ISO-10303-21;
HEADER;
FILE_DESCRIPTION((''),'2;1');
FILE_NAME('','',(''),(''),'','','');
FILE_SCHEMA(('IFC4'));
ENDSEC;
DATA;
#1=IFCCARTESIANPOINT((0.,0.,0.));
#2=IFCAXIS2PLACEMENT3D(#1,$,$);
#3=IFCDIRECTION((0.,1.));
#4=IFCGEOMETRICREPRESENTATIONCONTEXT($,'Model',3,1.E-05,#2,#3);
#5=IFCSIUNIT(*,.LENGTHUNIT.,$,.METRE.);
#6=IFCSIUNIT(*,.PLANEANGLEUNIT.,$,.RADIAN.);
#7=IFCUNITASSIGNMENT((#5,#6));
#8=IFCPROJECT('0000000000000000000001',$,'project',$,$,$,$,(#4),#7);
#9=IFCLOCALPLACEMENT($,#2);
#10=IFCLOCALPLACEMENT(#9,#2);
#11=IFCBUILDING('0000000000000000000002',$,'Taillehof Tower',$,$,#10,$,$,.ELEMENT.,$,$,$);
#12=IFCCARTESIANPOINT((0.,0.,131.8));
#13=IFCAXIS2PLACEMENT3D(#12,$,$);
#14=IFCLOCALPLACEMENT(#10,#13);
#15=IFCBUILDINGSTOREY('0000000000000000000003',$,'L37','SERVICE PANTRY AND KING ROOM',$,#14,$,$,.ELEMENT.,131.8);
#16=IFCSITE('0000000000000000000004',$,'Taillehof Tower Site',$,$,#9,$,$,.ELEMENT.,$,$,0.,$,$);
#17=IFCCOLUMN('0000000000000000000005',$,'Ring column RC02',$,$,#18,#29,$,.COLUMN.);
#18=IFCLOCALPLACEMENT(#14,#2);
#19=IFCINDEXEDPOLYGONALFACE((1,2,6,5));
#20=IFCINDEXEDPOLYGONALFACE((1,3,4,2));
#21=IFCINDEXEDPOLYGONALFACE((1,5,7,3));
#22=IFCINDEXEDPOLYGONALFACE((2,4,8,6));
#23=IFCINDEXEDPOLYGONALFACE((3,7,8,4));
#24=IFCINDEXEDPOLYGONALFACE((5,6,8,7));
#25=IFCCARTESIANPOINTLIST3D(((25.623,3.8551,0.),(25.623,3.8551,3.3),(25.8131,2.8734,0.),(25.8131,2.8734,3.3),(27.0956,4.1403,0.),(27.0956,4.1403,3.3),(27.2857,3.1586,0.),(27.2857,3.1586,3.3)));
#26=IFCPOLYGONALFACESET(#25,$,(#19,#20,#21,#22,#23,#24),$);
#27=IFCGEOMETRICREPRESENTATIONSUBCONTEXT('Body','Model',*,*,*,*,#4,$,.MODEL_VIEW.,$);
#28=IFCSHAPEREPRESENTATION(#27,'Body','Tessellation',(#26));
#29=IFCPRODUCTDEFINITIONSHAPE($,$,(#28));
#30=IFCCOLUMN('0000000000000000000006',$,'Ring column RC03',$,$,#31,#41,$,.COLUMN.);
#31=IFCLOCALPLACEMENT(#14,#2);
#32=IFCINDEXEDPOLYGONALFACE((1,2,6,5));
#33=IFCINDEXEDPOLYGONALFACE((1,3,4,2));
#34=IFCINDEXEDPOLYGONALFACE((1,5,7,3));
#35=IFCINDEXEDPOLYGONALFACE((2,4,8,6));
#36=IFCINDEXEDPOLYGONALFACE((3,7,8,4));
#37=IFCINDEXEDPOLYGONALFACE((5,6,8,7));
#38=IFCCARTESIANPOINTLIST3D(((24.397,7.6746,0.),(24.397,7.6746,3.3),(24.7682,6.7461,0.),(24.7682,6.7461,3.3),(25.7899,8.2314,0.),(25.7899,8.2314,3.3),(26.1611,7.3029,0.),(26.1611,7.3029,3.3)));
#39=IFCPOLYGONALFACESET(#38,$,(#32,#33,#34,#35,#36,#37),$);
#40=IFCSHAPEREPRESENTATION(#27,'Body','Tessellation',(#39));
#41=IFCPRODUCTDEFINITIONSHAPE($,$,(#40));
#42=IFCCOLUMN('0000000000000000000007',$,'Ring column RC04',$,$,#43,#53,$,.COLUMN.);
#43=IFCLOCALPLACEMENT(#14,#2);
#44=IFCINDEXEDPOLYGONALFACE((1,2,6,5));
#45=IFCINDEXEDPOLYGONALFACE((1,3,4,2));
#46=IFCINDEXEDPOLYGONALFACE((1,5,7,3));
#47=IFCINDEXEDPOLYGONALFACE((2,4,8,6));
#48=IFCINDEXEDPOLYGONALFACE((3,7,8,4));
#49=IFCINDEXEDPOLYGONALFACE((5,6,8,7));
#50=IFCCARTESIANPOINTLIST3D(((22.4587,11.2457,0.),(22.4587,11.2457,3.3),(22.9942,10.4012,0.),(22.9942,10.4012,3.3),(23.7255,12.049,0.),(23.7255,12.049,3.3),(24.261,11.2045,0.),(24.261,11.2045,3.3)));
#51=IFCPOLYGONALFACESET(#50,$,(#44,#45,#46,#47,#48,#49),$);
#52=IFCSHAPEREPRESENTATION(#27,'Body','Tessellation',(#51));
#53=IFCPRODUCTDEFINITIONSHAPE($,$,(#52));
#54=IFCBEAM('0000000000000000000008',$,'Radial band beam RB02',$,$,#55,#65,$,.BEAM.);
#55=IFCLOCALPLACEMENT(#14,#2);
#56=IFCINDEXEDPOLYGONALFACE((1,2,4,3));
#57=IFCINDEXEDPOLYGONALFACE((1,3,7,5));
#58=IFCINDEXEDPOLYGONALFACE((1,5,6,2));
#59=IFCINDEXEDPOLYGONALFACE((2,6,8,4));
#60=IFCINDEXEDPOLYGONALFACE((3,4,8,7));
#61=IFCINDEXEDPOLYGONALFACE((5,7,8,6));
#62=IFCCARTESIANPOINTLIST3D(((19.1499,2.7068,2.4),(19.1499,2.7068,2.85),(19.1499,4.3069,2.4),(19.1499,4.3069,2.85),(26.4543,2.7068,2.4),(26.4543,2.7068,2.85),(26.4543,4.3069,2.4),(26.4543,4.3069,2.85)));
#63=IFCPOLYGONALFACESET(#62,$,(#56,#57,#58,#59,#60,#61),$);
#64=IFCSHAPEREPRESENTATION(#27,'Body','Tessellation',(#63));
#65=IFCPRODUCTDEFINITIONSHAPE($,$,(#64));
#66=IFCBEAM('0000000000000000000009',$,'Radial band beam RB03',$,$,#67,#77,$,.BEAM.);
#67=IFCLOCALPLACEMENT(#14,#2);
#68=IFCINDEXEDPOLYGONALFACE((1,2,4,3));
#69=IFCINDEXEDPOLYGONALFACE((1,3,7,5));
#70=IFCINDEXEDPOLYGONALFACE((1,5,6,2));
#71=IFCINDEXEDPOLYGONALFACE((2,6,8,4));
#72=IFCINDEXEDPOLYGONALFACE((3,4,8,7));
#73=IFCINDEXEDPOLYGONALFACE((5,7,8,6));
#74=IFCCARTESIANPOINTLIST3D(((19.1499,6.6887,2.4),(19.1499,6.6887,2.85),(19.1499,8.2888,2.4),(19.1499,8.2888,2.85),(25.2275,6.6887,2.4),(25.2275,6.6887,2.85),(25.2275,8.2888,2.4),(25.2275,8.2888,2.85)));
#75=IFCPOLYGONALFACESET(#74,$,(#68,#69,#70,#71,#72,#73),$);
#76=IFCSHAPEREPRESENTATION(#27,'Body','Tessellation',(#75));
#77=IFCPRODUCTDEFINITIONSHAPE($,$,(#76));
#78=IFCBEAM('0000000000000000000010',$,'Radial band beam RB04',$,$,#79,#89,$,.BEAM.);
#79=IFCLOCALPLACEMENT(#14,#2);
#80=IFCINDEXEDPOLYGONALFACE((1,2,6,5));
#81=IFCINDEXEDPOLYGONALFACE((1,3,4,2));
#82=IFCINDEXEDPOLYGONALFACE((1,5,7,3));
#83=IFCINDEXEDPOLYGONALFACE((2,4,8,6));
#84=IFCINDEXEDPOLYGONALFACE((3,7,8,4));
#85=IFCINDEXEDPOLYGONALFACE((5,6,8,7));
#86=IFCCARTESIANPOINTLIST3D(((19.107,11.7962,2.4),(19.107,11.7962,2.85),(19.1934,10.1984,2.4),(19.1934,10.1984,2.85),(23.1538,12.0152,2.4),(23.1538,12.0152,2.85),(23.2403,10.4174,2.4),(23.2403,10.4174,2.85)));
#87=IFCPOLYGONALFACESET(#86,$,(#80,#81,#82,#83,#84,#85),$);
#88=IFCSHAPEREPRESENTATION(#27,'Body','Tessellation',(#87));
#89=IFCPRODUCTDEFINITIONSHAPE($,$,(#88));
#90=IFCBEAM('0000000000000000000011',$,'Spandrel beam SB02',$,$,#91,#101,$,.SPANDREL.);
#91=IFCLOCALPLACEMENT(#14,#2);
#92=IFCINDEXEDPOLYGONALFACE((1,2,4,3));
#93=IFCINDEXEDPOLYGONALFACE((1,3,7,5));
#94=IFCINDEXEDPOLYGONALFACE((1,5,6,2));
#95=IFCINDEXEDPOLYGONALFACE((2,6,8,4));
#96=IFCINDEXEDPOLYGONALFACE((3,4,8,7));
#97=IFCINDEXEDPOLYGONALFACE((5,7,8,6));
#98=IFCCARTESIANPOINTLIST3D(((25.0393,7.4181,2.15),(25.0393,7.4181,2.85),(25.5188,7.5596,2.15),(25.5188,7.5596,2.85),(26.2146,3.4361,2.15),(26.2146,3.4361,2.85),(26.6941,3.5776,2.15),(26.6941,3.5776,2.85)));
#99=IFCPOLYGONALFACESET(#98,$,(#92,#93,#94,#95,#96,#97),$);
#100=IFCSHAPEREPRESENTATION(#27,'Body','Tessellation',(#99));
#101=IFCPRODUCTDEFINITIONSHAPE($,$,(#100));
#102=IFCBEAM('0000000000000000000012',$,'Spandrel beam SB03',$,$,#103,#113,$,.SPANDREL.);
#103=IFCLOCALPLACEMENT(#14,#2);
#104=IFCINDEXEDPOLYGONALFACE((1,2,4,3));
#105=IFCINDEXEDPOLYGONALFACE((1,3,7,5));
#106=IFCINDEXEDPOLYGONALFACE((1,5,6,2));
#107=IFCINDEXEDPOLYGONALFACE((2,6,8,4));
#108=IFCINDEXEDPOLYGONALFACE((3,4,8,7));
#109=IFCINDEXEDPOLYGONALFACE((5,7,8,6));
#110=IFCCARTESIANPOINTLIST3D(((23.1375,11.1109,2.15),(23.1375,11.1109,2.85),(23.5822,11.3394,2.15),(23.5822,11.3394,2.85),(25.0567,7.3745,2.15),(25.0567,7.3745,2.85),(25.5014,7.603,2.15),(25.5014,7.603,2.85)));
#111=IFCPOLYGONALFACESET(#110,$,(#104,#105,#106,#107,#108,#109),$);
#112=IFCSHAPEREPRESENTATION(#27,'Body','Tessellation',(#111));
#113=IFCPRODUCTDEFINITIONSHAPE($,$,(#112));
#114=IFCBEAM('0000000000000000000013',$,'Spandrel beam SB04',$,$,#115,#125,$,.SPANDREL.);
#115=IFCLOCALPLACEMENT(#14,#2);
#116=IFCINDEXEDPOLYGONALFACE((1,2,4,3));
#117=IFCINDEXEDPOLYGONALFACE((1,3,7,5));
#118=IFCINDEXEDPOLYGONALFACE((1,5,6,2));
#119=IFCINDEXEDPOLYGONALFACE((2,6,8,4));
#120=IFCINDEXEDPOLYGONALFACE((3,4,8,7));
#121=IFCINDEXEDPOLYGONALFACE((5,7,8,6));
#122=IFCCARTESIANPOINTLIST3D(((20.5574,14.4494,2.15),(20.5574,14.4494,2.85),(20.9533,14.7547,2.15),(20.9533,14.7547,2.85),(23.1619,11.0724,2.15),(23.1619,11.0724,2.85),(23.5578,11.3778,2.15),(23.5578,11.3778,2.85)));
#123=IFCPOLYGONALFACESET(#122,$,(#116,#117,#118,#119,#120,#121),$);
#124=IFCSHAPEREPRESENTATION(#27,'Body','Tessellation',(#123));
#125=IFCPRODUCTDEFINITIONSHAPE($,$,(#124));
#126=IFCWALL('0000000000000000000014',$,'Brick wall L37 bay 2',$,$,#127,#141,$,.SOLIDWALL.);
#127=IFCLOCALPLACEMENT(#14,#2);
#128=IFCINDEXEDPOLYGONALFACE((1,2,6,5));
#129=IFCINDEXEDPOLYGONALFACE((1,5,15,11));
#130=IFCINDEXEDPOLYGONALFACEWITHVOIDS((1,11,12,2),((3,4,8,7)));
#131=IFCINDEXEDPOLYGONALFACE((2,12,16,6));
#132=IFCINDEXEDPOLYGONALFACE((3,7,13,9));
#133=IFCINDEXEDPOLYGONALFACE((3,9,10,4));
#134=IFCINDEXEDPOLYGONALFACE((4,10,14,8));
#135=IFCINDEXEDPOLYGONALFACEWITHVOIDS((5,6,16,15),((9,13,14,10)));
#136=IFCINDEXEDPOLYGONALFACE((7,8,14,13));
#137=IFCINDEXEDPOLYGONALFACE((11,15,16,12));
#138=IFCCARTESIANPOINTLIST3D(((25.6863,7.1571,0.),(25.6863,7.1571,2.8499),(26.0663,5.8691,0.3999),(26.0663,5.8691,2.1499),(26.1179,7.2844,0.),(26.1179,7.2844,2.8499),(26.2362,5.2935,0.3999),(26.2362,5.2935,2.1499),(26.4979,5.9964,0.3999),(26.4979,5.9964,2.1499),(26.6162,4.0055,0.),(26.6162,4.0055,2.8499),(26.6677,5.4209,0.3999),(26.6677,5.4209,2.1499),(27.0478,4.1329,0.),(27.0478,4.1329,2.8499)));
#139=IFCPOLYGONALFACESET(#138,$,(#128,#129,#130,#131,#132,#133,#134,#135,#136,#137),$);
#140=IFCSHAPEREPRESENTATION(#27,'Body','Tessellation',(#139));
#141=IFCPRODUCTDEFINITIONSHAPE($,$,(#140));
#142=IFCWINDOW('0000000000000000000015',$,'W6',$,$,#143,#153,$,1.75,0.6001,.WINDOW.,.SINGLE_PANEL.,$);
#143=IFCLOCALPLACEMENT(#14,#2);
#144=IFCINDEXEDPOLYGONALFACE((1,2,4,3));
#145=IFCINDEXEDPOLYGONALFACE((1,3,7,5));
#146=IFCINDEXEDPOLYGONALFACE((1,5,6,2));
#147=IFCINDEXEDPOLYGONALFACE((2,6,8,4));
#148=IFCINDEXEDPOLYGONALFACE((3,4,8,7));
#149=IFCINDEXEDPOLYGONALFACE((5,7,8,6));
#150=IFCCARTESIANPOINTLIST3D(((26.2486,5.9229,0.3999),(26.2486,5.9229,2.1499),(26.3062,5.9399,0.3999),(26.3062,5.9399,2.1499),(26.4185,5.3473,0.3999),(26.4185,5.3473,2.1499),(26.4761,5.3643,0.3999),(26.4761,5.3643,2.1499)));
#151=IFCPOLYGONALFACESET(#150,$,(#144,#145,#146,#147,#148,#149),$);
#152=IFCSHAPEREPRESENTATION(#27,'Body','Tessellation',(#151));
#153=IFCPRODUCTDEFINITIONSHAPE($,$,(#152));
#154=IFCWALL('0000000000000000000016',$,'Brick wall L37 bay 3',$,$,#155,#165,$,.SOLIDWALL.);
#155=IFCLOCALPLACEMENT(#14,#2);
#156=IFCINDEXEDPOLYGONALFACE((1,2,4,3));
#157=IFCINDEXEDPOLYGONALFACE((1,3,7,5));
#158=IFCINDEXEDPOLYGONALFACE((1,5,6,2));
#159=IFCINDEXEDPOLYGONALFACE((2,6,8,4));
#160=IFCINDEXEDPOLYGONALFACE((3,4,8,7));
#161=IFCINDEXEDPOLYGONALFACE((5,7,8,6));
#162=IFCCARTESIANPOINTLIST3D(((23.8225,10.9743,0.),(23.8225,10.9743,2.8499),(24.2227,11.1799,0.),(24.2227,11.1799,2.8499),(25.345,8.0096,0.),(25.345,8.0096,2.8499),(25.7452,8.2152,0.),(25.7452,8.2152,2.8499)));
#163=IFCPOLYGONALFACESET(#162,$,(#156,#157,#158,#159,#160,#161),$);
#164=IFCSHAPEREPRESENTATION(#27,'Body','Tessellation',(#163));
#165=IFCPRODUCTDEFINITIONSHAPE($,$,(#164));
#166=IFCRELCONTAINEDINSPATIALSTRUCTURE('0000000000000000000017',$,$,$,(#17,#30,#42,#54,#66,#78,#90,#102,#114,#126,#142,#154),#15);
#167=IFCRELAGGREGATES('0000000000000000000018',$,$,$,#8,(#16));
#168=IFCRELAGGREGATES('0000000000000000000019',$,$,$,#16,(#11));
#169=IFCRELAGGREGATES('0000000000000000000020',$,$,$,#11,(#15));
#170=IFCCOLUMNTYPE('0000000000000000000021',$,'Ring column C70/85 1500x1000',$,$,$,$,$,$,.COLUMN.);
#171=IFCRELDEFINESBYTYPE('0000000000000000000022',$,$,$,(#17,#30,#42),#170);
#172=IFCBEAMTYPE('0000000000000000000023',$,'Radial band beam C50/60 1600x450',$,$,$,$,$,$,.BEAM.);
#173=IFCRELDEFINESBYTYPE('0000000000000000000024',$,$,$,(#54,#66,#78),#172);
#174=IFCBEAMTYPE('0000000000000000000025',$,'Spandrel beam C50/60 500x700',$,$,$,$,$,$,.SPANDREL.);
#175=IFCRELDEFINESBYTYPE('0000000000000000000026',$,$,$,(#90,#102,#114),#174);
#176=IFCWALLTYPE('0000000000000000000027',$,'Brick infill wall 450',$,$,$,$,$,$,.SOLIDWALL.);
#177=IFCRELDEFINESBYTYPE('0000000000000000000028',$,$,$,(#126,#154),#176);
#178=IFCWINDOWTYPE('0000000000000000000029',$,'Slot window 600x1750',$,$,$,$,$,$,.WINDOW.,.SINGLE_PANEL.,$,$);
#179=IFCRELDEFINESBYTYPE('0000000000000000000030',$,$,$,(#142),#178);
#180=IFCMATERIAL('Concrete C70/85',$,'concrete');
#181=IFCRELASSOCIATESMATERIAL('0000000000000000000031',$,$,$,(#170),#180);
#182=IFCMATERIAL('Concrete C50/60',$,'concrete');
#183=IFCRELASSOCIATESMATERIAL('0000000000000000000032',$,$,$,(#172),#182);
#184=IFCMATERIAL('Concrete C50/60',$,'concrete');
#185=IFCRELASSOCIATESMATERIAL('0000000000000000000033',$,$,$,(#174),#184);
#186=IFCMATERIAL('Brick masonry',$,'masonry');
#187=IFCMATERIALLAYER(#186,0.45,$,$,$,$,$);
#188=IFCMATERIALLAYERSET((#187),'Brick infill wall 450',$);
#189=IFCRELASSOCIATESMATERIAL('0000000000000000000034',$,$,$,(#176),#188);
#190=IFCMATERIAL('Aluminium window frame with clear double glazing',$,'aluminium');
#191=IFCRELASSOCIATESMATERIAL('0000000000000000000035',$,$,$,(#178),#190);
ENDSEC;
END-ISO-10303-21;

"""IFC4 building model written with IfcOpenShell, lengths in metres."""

from ifc_helpers import new_model, si_unit, direction, frame, frame_2d, origin, origin_2d, place, context, subcontext, project, spatial, rectangle, extrude, material, layer, layer_set, material_profile, profile_set, type_object, element, fill, save


model = new_model("IFC4")

# Units and contexts
model_context = context("Model", 3, precision=1e-05, world=origin(), true_north=direction((0.0, 1.0)))
body_context = subcontext(model_context, "Body", "Model", "MODEL_VIEW")
ifc_project = project(units=[si_unit("LENGTHUNIT", "METRE"), si_unit("PLANEANGLEUNIT", "RADIAN")], contexts=[model_context])

# Site, building, storey
site_placement = place(None, origin())
site = spatial("IfcSite", under=ifc_project, at=site_placement, Name="Taillehof Tower Site", CompositionType="ELEMENT", RefElevation=0.0)
building_placement = place(site_placement, origin())
building = spatial("IfcBuilding", under=site, at=building_placement, Name="Taillehof Tower", CompositionType="ELEMENT")
storey_placement = place(building_placement, frame((0.0, 0.0, 131.8)))
storey = spatial("IfcBuildingStorey", under=building, at=storey_placement, Name="L37", Description="SERVICE PANTRY AND KING ROOM", CompositionType="ELEMENT", Elevation=131.8)

# Columns
ifc_material_1 = material(Name="Concrete C70/85", Category="concrete")
ifc_material_profile_1 = material_profile(ifc_material_1, rectangle(XDim=1.5, YDim=1.0, at=origin_2d()), Name="RC 1500x1000")
ifc_profile_set_1 = profile_set([ifc_material_profile_1], Name="Concrete C70/85")
column_type = type_object("IfcColumnType", Name="Ring column C70/85 1500x1000", PredefinedType="COLUMN", material=ifc_profile_set_1)
for number, where, z_axis, x_axis, name in (
    (1, (26.4543, 3.5068, 0.0), (0.0, 0.0, 1.0), (0.981757, 0.190138, 0.0), "Ring column RC02"),
    (2, (25.2791, 7.4888, 0.0), (0.0, 0.0, 1.0), (0.92855, 0.371207, 0.0), "Ring column RC03"),
    (3, (23.3599, 11.2251, 0.0), (0.0, 0.0, 1.0), (0.844511, 0.535537, 0.0), "Ring column RC04"),
):
    element("IfcColumn", number, at=place(storey_placement, frame(where, z_axis=z_axis, x_axis=x_axis)), inside=storey, type_object=column_type, Name=name, PredefinedType="COLUMN", context=body_context, shape_type="SweptSolid", body=[
        extrude(rectangle(XDim=1.5, YDim=1.0, at=origin_2d()), origin(), (0.0, 0.0, 1.0), 3.3),
    ])

# Beams
ifc_material_2 = material(Name="Concrete C50/60", Category="concrete")
ifc_material_profile_2 = material_profile(ifc_material_2, rectangle(XDim=1.6001, YDim=0.45, at=origin_2d()), Name="RC 1600x450")
ifc_profile_set_2 = profile_set([ifc_material_profile_2], Name="Concrete C50/60")
beam_type_1 = type_object("IfcBeamType", Name="Radial band beam C50/60 1600x450", PredefinedType="BEAM", material=ifc_profile_set_2)
beam_1_placement = place(storey_placement, frame((26.4543, 3.5068, 2.625), z_axis=(-1.0, 0.0, 0.0), x_axis=(0.0, -1.0, 0.0)))
element("IfcBeam", 4, at=beam_1_placement, inside=storey, type_object=beam_type_1, Name="Radial band beam RB02", PredefinedType="BEAM", context=body_context, shape_type="SweptSolid", body=[
    extrude(rectangle(XDim=1.6001, YDim=0.45, at=origin_2d()), origin(), (0.0, 0.0, 1.0), 7.3044),
])
beam_2_placement = place(storey_placement, frame((25.2275, 7.4888, 2.625), z_axis=(-1.0, 0.0, 0.0), x_axis=(0.0, -1.0, 0.0)))
element("IfcBeam", 5, at=beam_2_placement, inside=storey, type_object=beam_type_1, Name="Radial band beam RB03", PredefinedType="BEAM", context=body_context, shape_type="SweptSolid", body=[
    extrude(rectangle(XDim=1.6001, YDim=0.45, at=origin_2d()), origin(), (0.0, 0.0, 1.0), 6.0776),
])
beam_3_placement = place(storey_placement, frame((23.197, 11.2163, 2.625), z_axis=(-0.998539, -0.054035, 0.0), x_axis=(0.054035, -0.998539, 0.0)))
element("IfcBeam", 6, at=beam_3_placement, inside=storey, type_object=beam_type_1, Name="Radial band beam RB04", PredefinedType="BEAM", context=body_context, shape_type="SweptSolid", body=[
    extrude(rectangle(XDim=1.6001, YDim=0.45, at=origin_2d()), origin(), (0.0, 0.0, 1.0), 4.0527),
])
ifc_material_3 = material(Name="Concrete C50/60", Category="concrete")
ifc_material_profile_3 = material_profile(ifc_material_3, rectangle(XDim=0.5, YDim=0.7, at=origin_2d()), Name="RC 500x700")
ifc_profile_set_3 = profile_set([ifc_material_profile_3], Name="Concrete C50/60")
beam_type_2 = type_object("IfcBeamType", Name="Spandrel beam C50/60 500x700", PredefinedType="SPANDREL", material=ifc_profile_set_3)
beam_4_placement = place(storey_placement, frame((26.4543, 3.5068, 2.5), z_axis=(-0.283083, 0.959095, 0.0), x_axis=(-0.959095, -0.283083, 0.0)))
element("IfcBeam", 7, at=beam_4_placement, inside=storey, type_object=beam_type_2, Name="Spandrel beam SB02", PredefinedType="SPANDREL", context=body_context, shape_type="SweptSolid", body=[
    extrude(rectangle(XDim=0.5, YDim=0.7, at=origin_2d()), origin(), (0.0, 0.0, 1.0), 4.1519),
])
beam_5_placement = place(storey_placement, frame((25.2791, 7.4888, 2.5), z_axis=(-0.456905, 0.889515, 0.0), x_axis=(-0.889515, -0.456905, 0.0)))
element("IfcBeam", 8, at=beam_5_placement, inside=storey, type_object=beam_type_2, Name="Spandrel beam SB03", PredefinedType="SPANDREL", context=body_context, shape_type="SweptSolid", body=[
    extrude(rectangle(XDim=0.5, YDim=0.7, at=origin_2d()), origin(), (0.0, 0.0, 1.0), 4.2004),
])
beam_6_placement = place(storey_placement, frame((23.3599, 11.2251, 2.5), z_axis=(-0.610717, 0.791849, 0.0), x_axis=(-0.791849, -0.610717, 0.0)))
element("IfcBeam", 9, at=beam_6_placement, inside=storey, type_object=beam_type_2, Name="Spandrel beam SB04", PredefinedType="SPANDREL", context=body_context, shape_type="SweptSolid", body=[
    extrude(rectangle(XDim=0.5, YDim=0.7, at=origin_2d()), origin(), (0.0, 0.0, 1.0), 4.2646),
])

# Wall, opening, window
ifc_material_4 = material(Name="Brick masonry", Category="masonry")
ifc_layer_1 = layer(ifc_material_4, 0.45)
ifc_layer_set_1 = layer_set([ifc_layer_1], Name="Brick infill wall 450")
wall_type_1 = type_object("IfcWallType", Name="Brick infill wall 450", PredefinedType="SOLIDWALL", material=ifc_layer_set_1)
wall_1_placement = place(storey_placement, frame((26.832, 4.0691, 0.0), z_axis=(0.0, 0.0, 1.0), x_axis=(-0.283003, 0.959119, 0.0)))
wall_1 = element("IfcWall", 10, at=wall_1_placement, inside=storey, type_object=wall_type_1, Name="Brick wall L37 bay 2", PredefinedType="SOLIDWALL", context=body_context, shape_type="SweptSolid", body=[
    extrude(rectangle(XDim=3.2859, YDim=0.45, at=frame_2d((1.6431, 0.0))), origin(), (0.0, 0.0, 1.0), 2.8499),
])
opening_1_placement = place(wall_1_placement, frame((1.343, 0.0, 0.3999)))
opening_1 = element("IfcOpeningElement", 11, at=opening_1_placement, cuts=wall_1, PredefinedType="OPENING", context=body_context, shape_type="SweptSolid", body=[
    extrude(rectangle(XDim=0.6001, YDim=1.75, at=frame_2d((0.3, 0.875))), frame((0.0, 0.2349, 0.0), z_axis=(0.0, -1.0, 0.0), x_axis=(1.0, 0.0, 0.0)), (0.0, 0.0, 1.0), 0.47),
])
ifc_material_5 = material(Name="Aluminium window frame with clear double glazing", Category="aluminium")
window_type = type_object("IfcWindowType", Name="Slot window 600x1750", PartitioningType="SINGLE_PANEL", PredefinedType="WINDOW", material=ifc_material_5)
window_placement = place(opening_1_placement, origin())
window = element("IfcWindow", 12, at=window_placement, inside=storey, type_object=window_type, Name="W6", OverallHeight=1.75, OverallWidth=0.6001, PartitioningType="SINGLE_PANEL", PredefinedType="WINDOW", context=body_context, shape_type="SweptSolid", body=[
    extrude(rectangle(XDim=0.6001, YDim=1.75, at=frame_2d((0.3, 0.875))), frame((0.0, 0.0349, 0.0), z_axis=(0.0, -1.0, 0.0), x_axis=(1.0, 0.0, 0.0)), (0.0, 0.0, 1.0), 0.0601),
])
fill(opening_1, window)

# Wall
wall_2_placement = place(storey_placement, frame((25.5452, 8.1123, 0.0), z_axis=(0.0, 0.0, 1.0), x_axis=(-0.456828, 0.889555, 0.0)))
element("IfcWall", 13, at=wall_2_placement, inside=storey, type_object=wall_type_1, Name="Brick wall L37 bay 3", PredefinedType="SOLIDWALL", context=body_context, shape_type="SweptSolid", body=[
    extrude(rectangle(XDim=3.3328, YDim=0.45, at=frame_2d((1.6665, 0.0))), origin(), (0.0, 0.0, 1.0), 2.8499),
])

save(model, "model.ifc")
